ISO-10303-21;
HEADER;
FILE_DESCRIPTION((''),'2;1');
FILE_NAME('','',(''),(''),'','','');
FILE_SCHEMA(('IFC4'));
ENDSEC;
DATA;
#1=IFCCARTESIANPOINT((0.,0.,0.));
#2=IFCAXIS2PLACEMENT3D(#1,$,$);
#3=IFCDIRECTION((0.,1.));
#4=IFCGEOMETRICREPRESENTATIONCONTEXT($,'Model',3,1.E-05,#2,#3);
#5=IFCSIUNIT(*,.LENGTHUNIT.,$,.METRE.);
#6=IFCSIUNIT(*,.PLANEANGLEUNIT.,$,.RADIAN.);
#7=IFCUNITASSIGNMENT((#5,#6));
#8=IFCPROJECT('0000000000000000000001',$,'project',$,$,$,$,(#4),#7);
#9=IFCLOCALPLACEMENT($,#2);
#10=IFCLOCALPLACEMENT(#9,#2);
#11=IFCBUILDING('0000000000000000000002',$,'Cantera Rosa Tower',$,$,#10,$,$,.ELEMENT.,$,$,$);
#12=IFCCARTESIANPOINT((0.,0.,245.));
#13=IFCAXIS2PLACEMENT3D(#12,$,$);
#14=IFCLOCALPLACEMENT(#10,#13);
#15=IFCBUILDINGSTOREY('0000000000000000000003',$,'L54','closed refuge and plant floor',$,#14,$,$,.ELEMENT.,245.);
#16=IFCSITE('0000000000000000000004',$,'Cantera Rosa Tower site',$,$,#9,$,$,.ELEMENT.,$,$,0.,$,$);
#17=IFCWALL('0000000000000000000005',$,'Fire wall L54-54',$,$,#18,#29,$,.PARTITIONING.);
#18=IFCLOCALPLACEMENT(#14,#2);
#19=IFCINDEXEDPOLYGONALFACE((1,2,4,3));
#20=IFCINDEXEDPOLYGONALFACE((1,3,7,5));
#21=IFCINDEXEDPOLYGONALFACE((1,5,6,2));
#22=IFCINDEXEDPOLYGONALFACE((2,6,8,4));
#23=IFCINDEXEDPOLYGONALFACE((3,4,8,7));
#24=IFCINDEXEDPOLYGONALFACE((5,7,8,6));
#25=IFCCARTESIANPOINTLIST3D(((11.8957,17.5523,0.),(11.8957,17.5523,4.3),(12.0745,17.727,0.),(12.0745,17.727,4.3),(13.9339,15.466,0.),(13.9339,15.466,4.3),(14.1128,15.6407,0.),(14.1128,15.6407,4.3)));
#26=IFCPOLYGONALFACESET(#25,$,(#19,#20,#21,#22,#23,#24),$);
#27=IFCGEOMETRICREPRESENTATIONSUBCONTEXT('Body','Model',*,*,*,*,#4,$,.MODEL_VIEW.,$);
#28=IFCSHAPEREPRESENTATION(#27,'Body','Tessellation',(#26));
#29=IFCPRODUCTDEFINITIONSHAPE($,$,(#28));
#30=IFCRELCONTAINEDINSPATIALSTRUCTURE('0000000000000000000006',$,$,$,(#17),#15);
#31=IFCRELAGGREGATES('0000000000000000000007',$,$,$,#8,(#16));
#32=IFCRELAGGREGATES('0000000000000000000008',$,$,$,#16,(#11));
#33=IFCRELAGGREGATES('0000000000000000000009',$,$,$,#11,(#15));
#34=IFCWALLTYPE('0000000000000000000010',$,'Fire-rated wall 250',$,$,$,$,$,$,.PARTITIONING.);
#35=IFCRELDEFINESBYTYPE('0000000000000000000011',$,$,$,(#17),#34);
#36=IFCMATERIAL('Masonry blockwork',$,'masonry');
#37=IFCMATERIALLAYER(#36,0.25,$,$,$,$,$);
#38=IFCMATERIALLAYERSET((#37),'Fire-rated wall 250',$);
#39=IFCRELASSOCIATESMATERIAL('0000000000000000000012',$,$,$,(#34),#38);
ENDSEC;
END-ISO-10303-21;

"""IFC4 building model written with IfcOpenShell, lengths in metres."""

from ifc_helpers import new_model, si_unit, direction, frame, frame_2d, origin, place, context, subcontext, project, spatial, rectangle, extrude, material, layer, layer_set, type_object, element, save


model = new_model("IFC4")

# Units and contexts
model_context = context("Model", 3, precision=1e-05, world=origin(), true_north=direction((0.0, 1.0)))
body_context = subcontext(model_context, "Body", "Model", "MODEL_VIEW")
ifc_project = project(units=[si_unit("LENGTHUNIT", "METRE"), si_unit("PLANEANGLEUNIT", "RADIAN")], contexts=[model_context])

# Site, building, storey
site_placement = place(None, origin())
site = spatial("IfcSite", under=ifc_project, at=site_placement, Name="Cantera Rosa Tower site", CompositionType="ELEMENT", RefElevation=0.0)
building_placement = place(site_placement, origin())
building = spatial("IfcBuilding", under=site, at=building_placement, Name="Cantera Rosa Tower", CompositionType="ELEMENT")
storey_placement = place(building_placement, frame((0.0, 0.0, 245.0)))
storey = spatial("IfcBuildingStorey", under=building, at=storey_placement, Name="L54", Description="closed refuge and plant floor", CompositionType="ELEMENT", Elevation=245.0)

# Wall
ifc_material_1 = material(Name="Masonry blockwork", Category="masonry")
ifc_layer_1 = layer(ifc_material_1, 0.25)
ifc_layer_set_1 = layer_set([ifc_layer_1], Name="Fire-rated wall 250")
wall_type = type_object("IfcWallType", Name="Fire-rated wall 250", PredefinedType="PARTITIONING", material=ifc_layer_set_1)
wall_1_placement = place(storey_placement, frame((14.0234, 15.5532, 0.0), z_axis=(0.0, 0.0, 1.0), x_axis=(-0.698814, 0.715303, 0.0)))
element("IfcWall", 1, at=wall_1_placement, inside=storey, type_object=wall_type, Name="Fire wall L54-54", PredefinedType="PARTITIONING", context=body_context, shape_type="SweptSolid", body=[
    extrude(rectangle(XDim=2.9167, YDim=0.25, at=frame_2d((1.4585, 0.0))), origin(), (0.0, 0.0, 1.0), 4.3),
])

save(model, "model.ifc")
